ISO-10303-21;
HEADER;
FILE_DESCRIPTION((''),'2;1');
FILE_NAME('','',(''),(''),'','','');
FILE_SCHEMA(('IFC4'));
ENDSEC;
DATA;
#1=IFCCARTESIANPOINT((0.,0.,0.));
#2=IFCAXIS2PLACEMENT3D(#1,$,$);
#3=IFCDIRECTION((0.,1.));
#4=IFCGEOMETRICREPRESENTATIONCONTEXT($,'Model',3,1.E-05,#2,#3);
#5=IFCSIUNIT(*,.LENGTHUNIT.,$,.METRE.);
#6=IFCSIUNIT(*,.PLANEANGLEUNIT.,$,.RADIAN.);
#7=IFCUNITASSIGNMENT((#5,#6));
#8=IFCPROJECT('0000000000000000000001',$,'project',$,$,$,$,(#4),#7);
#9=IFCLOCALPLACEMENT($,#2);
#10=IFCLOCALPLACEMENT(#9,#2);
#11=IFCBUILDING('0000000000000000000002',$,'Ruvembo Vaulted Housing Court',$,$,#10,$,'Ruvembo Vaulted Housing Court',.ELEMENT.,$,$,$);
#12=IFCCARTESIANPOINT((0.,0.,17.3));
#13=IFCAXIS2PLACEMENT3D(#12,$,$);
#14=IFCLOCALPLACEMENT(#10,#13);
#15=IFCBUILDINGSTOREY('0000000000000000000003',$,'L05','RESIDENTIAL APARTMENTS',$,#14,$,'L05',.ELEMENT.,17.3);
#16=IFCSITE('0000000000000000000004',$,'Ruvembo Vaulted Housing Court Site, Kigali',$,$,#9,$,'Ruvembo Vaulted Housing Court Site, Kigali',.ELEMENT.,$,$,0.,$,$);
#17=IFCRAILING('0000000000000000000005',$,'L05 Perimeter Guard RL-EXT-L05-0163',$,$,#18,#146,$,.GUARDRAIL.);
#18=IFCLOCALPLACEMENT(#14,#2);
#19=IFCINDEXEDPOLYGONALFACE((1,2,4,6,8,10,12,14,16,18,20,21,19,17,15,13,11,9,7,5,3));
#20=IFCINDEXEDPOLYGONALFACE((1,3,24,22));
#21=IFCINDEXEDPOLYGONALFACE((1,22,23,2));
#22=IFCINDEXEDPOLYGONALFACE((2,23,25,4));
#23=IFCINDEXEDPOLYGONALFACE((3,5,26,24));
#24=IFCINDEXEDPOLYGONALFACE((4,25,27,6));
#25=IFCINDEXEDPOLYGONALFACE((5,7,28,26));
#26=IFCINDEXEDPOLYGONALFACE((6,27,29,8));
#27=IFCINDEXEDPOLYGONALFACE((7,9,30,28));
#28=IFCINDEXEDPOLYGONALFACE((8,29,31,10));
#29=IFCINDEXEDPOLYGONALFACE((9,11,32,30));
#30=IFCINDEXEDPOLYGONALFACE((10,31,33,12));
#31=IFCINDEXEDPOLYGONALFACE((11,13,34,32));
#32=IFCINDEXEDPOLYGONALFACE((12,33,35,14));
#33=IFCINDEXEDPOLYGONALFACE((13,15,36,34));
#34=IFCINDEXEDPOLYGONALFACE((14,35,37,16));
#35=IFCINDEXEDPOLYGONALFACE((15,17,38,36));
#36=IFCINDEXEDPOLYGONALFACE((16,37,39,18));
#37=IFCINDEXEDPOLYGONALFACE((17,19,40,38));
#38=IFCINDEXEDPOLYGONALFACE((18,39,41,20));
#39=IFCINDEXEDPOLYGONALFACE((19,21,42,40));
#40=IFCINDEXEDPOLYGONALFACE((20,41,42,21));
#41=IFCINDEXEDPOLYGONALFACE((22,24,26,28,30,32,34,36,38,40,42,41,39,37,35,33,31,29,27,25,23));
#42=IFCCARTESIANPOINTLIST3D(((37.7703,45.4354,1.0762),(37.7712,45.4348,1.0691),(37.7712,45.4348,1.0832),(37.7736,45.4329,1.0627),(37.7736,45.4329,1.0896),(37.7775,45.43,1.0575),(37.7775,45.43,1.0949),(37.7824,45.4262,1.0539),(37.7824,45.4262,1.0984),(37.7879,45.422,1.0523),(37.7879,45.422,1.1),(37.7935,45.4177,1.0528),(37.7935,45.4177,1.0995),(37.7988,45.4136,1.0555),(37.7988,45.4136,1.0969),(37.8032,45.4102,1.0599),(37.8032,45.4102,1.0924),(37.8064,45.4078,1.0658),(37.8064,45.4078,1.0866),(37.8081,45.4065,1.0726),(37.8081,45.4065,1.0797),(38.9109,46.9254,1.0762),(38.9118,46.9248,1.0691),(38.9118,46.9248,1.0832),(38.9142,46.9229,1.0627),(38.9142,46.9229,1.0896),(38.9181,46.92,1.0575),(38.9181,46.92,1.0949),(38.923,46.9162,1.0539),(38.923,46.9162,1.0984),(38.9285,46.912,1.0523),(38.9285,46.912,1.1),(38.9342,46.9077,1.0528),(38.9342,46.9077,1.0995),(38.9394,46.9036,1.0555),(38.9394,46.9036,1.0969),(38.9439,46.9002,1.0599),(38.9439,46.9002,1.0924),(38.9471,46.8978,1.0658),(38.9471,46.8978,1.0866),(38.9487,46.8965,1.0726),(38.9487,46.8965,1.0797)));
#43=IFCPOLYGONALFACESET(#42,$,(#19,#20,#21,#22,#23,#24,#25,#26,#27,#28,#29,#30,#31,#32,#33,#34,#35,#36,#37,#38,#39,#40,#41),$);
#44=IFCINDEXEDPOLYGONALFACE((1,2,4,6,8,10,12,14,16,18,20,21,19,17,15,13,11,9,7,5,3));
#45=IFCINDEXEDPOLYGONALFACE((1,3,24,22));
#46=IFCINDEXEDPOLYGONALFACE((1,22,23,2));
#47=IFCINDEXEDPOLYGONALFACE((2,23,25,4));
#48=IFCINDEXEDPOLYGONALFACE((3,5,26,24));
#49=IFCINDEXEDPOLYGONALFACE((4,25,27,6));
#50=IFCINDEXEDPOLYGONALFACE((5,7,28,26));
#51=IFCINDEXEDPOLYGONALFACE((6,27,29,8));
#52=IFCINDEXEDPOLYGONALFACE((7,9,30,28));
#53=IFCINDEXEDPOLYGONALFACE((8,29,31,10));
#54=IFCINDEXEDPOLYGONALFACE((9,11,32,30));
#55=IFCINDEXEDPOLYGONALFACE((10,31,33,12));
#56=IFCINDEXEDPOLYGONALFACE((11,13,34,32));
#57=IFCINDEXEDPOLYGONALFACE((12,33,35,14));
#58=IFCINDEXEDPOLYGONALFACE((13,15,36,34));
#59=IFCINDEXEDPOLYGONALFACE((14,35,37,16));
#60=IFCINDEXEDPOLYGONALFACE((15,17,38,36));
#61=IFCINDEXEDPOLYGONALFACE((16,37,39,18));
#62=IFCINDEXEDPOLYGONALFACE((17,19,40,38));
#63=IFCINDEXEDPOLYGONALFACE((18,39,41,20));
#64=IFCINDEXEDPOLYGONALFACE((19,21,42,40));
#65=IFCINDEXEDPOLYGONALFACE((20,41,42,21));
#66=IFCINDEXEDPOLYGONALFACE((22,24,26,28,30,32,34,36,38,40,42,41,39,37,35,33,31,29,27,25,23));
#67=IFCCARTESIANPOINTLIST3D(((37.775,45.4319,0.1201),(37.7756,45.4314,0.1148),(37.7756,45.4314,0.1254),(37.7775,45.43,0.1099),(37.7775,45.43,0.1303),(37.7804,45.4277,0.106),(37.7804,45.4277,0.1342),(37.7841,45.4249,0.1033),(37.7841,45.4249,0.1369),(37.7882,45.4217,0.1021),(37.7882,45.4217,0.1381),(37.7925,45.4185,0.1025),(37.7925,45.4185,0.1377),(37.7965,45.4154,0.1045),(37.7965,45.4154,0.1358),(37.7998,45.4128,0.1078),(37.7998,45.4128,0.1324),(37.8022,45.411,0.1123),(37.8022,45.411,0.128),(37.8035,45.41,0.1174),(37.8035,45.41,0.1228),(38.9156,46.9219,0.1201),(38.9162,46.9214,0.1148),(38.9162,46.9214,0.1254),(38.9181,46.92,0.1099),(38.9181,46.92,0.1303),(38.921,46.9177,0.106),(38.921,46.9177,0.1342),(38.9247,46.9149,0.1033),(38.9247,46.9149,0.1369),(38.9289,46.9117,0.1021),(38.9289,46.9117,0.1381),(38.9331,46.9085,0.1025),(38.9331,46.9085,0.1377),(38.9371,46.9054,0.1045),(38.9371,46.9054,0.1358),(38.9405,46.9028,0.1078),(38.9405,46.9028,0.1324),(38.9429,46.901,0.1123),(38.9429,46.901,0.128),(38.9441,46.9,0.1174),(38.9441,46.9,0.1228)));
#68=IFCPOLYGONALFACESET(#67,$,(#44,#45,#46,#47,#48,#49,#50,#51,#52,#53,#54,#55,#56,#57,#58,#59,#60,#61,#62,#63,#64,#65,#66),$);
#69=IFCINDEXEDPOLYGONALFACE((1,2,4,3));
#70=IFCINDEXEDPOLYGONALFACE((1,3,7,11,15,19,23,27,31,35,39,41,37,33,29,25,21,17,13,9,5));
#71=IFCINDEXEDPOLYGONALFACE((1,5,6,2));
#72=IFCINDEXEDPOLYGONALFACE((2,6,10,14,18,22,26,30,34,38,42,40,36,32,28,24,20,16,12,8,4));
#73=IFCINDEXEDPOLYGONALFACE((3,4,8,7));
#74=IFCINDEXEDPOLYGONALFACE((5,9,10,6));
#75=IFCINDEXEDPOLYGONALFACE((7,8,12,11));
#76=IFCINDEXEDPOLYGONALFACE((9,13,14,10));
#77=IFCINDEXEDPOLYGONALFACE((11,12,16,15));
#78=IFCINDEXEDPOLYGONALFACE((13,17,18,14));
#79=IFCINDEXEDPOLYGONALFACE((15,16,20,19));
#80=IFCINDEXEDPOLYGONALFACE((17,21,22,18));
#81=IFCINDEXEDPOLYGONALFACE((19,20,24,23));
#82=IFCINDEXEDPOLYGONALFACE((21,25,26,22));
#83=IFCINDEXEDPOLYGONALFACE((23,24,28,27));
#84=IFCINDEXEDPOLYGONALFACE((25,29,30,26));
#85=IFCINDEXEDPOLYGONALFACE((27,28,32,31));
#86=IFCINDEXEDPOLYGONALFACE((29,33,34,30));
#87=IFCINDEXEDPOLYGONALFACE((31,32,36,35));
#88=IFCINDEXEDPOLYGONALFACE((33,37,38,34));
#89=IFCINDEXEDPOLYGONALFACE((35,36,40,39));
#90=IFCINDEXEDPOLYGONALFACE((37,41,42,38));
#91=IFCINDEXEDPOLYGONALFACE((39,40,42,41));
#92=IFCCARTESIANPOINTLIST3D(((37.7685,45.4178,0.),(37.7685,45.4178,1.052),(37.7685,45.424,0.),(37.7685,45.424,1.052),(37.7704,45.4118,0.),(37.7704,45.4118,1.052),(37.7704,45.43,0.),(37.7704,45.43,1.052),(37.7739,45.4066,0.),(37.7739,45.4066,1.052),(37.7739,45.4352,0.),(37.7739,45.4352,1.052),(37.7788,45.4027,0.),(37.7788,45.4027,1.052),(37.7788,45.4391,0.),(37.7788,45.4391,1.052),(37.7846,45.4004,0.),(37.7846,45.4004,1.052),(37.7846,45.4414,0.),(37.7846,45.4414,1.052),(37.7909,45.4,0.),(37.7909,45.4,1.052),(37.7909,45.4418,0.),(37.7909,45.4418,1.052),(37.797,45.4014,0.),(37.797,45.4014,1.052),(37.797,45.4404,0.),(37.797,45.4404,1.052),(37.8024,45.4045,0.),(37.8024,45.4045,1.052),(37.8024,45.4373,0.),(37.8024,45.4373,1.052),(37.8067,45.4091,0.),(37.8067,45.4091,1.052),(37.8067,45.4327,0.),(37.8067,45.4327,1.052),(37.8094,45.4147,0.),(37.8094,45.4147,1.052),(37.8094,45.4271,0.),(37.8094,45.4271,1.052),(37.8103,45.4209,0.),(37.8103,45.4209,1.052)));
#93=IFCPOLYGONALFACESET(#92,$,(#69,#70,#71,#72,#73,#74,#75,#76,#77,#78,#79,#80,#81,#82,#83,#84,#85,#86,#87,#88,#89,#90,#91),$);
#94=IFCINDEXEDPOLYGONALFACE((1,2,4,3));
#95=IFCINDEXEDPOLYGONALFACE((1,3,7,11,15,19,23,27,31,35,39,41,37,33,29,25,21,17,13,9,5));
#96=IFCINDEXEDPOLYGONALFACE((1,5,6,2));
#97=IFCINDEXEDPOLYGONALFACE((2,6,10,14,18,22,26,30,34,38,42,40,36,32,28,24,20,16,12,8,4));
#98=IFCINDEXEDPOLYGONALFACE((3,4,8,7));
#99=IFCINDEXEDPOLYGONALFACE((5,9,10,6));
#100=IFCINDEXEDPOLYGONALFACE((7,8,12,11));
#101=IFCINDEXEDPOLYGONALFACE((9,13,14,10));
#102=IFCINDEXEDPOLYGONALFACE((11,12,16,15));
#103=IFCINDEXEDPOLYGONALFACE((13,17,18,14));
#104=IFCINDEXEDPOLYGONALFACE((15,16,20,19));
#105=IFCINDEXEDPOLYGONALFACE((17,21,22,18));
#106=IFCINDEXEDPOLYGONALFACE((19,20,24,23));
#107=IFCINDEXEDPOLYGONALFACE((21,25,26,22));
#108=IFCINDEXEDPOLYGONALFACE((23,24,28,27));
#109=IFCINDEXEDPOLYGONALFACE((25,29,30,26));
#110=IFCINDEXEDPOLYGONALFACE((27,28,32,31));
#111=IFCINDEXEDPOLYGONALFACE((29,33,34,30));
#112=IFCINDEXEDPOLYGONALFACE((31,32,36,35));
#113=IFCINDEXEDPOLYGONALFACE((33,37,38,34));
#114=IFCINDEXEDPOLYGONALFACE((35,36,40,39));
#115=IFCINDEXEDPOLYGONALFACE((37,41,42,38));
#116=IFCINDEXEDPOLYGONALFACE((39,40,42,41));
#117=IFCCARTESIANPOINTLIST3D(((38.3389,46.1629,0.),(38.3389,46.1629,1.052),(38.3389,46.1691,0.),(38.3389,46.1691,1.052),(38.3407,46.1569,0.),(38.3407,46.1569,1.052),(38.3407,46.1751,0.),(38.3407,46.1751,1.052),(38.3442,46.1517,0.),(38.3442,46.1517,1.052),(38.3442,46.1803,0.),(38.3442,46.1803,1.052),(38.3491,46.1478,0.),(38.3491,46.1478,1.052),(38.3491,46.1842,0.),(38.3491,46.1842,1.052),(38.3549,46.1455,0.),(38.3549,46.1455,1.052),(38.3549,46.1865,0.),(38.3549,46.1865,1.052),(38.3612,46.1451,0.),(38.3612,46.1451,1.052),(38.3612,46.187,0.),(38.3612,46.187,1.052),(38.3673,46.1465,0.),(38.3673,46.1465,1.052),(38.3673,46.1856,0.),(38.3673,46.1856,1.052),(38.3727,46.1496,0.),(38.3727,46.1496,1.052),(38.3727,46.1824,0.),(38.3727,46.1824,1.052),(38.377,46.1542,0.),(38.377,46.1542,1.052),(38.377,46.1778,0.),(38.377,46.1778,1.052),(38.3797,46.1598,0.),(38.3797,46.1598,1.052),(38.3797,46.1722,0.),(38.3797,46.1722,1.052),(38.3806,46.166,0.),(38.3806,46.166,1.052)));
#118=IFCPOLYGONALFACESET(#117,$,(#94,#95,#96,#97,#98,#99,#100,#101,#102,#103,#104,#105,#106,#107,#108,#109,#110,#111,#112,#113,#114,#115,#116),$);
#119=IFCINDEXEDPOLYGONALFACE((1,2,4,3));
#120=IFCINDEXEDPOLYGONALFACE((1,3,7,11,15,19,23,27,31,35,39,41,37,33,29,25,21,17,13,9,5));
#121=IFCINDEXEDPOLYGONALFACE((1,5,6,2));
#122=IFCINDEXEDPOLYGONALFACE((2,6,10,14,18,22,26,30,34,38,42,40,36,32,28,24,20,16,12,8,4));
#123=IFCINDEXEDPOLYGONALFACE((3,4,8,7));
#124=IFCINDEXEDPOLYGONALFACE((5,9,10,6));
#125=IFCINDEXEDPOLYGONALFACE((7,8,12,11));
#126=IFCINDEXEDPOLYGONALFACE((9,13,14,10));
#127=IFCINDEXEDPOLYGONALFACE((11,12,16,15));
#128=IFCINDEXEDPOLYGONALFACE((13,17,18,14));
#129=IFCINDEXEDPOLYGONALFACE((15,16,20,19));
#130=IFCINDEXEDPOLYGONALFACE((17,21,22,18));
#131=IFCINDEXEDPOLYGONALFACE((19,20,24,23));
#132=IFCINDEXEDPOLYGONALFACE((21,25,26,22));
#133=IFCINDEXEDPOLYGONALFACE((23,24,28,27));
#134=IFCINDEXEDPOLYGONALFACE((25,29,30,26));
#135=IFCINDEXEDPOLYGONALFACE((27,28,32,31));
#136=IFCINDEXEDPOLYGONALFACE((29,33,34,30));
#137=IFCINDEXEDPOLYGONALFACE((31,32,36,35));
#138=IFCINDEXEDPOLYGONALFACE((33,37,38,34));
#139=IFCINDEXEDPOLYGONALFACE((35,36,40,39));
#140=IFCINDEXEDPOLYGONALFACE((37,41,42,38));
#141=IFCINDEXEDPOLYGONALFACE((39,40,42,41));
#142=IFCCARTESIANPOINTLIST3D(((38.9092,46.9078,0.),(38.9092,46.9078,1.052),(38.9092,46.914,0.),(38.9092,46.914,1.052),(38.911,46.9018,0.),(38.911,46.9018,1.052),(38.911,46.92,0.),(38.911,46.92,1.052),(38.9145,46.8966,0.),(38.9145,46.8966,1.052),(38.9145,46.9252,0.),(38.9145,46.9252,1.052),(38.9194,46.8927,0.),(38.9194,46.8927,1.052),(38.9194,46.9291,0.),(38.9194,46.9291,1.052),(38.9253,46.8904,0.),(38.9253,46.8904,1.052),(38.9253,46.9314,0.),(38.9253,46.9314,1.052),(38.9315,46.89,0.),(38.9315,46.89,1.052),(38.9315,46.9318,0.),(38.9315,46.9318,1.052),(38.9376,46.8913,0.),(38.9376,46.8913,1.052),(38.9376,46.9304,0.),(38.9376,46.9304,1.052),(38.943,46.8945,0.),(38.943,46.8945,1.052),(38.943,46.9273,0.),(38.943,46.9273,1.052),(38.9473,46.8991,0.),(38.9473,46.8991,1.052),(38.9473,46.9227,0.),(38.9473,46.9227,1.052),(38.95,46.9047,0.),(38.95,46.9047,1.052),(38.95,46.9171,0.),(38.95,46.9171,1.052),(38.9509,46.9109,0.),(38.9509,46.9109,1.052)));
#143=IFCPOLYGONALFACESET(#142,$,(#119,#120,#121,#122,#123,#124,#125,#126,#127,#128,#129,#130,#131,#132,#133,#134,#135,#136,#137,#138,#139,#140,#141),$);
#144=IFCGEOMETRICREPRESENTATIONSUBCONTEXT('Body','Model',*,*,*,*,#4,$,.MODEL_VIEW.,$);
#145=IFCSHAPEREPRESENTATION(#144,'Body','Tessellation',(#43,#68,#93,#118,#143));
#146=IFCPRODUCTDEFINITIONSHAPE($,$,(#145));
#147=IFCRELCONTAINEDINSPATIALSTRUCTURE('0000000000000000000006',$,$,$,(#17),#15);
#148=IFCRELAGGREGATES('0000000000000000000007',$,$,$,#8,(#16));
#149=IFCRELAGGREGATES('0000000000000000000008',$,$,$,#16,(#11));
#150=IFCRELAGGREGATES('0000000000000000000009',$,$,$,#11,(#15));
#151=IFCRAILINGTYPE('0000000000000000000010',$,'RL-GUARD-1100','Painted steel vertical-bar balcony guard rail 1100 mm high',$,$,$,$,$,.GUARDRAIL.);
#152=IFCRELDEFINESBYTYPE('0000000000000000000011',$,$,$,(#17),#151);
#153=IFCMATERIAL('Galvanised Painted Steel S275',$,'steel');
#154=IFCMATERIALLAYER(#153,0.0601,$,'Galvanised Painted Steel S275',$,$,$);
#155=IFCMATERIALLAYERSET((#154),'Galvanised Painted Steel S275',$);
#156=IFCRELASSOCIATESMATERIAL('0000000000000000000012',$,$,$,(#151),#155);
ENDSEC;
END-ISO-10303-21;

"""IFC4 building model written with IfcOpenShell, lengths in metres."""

from ifc_helpers import new_model, si_unit, direction, frame, origin, origin_2d, place, context, subcontext, project, spatial, circle, extrude, material, layer, layer_set, type_object, element, save


model = new_model("IFC4")

# Units and contexts
model_context = context("Model", 3, precision=1e-05, world=origin(), true_north=direction((0.0, 1.0)))
body_context = subcontext(model_context, "Body", "Model", "MODEL_VIEW")
ifc_project = project(units=[si_unit("LENGTHUNIT", "METRE"), si_unit("PLANEANGLEUNIT", "RADIAN")], contexts=[model_context])

# Site, building, storey
site_placement = place(None, origin())
site = spatial("IfcSite", under=ifc_project, at=site_placement, Name="Ruvembo Vaulted Housing Court Site, Kigali", LongName="Ruvembo Vaulted Housing Court Site, Kigali", CompositionType="ELEMENT", RefElevation=0.0)
building_placement = place(site_placement, origin())
building = spatial("IfcBuilding", under=site, at=building_placement, Name="Ruvembo Vaulted Housing Court", LongName="Ruvembo Vaulted Housing Court", CompositionType="ELEMENT")
storey_placement = place(building_placement, frame((0.0, 0.0, 17.3)))
storey = spatial("IfcBuildingStorey", under=building, at=storey_placement, Name="L05", Description="RESIDENTIAL APARTMENTS", LongName="L05", CompositionType="ELEMENT", Elevation=17.3)

# Railing
ifc_material_1 = material(Name="Galvanised Painted Steel S275", Category="steel")
ifc_layer_1 = layer(ifc_material_1, 0.0601, Name="Galvanised Painted Steel S275")
ifc_layer_set_1 = layer_set([ifc_layer_1], Name="Galvanised Painted Steel S275")
railing_type = type_object("IfcRailingType", Name="RL-GUARD-1100", Description="Painted steel vertical-bar balcony guard rail 1100 mm high", PredefinedType="GUARDRAIL", material=ifc_layer_set_1)
railing_1_placement = place(storey_placement, frame((37.7893, 45.4209, 0.0)))
element("IfcRailing", 1, at=railing_1_placement, inside=storey, type_object=railing_type, Name="L05 Perimeter Guard RL-EXT-L05-0163", PredefinedType="GUARDRAIL", context=body_context, shape_type="SweptSolid", body=[
    extrude(circle(Radius=0.0239, at=origin_2d()), frame((0.0, 0.0, 1.0762), z_axis=(0.607861, 0.794044, 0.0), x_axis=(-0.794044, 0.607861, 0.0)), (0.0, 0.0, 1.0), 1.8765),
    extrude(circle(Radius=0.0181, at=origin_2d()), frame((0.0, 0.0, 0.1201), z_axis=(0.607861, 0.794044, 0.0), x_axis=(-0.794044, 0.607861, 0.0)), (0.0, 0.0, 1.0), 1.8765),
    extrude(circle(Radius=0.021, at=origin_2d()), origin(), (0.0, 0.0, 1.0), 1.052),
    extrude(circle(Radius=0.021, at=origin_2d()), frame((0.5703, 0.7451, 0.0)), (0.0, 0.0, 1.0), 1.052),
    extrude(circle(Radius=0.021, at=origin_2d()), frame((1.1406, 1.49, 0.0)), (0.0, 0.0, 1.0), 1.052),
])

save(model, "model.ifc")
